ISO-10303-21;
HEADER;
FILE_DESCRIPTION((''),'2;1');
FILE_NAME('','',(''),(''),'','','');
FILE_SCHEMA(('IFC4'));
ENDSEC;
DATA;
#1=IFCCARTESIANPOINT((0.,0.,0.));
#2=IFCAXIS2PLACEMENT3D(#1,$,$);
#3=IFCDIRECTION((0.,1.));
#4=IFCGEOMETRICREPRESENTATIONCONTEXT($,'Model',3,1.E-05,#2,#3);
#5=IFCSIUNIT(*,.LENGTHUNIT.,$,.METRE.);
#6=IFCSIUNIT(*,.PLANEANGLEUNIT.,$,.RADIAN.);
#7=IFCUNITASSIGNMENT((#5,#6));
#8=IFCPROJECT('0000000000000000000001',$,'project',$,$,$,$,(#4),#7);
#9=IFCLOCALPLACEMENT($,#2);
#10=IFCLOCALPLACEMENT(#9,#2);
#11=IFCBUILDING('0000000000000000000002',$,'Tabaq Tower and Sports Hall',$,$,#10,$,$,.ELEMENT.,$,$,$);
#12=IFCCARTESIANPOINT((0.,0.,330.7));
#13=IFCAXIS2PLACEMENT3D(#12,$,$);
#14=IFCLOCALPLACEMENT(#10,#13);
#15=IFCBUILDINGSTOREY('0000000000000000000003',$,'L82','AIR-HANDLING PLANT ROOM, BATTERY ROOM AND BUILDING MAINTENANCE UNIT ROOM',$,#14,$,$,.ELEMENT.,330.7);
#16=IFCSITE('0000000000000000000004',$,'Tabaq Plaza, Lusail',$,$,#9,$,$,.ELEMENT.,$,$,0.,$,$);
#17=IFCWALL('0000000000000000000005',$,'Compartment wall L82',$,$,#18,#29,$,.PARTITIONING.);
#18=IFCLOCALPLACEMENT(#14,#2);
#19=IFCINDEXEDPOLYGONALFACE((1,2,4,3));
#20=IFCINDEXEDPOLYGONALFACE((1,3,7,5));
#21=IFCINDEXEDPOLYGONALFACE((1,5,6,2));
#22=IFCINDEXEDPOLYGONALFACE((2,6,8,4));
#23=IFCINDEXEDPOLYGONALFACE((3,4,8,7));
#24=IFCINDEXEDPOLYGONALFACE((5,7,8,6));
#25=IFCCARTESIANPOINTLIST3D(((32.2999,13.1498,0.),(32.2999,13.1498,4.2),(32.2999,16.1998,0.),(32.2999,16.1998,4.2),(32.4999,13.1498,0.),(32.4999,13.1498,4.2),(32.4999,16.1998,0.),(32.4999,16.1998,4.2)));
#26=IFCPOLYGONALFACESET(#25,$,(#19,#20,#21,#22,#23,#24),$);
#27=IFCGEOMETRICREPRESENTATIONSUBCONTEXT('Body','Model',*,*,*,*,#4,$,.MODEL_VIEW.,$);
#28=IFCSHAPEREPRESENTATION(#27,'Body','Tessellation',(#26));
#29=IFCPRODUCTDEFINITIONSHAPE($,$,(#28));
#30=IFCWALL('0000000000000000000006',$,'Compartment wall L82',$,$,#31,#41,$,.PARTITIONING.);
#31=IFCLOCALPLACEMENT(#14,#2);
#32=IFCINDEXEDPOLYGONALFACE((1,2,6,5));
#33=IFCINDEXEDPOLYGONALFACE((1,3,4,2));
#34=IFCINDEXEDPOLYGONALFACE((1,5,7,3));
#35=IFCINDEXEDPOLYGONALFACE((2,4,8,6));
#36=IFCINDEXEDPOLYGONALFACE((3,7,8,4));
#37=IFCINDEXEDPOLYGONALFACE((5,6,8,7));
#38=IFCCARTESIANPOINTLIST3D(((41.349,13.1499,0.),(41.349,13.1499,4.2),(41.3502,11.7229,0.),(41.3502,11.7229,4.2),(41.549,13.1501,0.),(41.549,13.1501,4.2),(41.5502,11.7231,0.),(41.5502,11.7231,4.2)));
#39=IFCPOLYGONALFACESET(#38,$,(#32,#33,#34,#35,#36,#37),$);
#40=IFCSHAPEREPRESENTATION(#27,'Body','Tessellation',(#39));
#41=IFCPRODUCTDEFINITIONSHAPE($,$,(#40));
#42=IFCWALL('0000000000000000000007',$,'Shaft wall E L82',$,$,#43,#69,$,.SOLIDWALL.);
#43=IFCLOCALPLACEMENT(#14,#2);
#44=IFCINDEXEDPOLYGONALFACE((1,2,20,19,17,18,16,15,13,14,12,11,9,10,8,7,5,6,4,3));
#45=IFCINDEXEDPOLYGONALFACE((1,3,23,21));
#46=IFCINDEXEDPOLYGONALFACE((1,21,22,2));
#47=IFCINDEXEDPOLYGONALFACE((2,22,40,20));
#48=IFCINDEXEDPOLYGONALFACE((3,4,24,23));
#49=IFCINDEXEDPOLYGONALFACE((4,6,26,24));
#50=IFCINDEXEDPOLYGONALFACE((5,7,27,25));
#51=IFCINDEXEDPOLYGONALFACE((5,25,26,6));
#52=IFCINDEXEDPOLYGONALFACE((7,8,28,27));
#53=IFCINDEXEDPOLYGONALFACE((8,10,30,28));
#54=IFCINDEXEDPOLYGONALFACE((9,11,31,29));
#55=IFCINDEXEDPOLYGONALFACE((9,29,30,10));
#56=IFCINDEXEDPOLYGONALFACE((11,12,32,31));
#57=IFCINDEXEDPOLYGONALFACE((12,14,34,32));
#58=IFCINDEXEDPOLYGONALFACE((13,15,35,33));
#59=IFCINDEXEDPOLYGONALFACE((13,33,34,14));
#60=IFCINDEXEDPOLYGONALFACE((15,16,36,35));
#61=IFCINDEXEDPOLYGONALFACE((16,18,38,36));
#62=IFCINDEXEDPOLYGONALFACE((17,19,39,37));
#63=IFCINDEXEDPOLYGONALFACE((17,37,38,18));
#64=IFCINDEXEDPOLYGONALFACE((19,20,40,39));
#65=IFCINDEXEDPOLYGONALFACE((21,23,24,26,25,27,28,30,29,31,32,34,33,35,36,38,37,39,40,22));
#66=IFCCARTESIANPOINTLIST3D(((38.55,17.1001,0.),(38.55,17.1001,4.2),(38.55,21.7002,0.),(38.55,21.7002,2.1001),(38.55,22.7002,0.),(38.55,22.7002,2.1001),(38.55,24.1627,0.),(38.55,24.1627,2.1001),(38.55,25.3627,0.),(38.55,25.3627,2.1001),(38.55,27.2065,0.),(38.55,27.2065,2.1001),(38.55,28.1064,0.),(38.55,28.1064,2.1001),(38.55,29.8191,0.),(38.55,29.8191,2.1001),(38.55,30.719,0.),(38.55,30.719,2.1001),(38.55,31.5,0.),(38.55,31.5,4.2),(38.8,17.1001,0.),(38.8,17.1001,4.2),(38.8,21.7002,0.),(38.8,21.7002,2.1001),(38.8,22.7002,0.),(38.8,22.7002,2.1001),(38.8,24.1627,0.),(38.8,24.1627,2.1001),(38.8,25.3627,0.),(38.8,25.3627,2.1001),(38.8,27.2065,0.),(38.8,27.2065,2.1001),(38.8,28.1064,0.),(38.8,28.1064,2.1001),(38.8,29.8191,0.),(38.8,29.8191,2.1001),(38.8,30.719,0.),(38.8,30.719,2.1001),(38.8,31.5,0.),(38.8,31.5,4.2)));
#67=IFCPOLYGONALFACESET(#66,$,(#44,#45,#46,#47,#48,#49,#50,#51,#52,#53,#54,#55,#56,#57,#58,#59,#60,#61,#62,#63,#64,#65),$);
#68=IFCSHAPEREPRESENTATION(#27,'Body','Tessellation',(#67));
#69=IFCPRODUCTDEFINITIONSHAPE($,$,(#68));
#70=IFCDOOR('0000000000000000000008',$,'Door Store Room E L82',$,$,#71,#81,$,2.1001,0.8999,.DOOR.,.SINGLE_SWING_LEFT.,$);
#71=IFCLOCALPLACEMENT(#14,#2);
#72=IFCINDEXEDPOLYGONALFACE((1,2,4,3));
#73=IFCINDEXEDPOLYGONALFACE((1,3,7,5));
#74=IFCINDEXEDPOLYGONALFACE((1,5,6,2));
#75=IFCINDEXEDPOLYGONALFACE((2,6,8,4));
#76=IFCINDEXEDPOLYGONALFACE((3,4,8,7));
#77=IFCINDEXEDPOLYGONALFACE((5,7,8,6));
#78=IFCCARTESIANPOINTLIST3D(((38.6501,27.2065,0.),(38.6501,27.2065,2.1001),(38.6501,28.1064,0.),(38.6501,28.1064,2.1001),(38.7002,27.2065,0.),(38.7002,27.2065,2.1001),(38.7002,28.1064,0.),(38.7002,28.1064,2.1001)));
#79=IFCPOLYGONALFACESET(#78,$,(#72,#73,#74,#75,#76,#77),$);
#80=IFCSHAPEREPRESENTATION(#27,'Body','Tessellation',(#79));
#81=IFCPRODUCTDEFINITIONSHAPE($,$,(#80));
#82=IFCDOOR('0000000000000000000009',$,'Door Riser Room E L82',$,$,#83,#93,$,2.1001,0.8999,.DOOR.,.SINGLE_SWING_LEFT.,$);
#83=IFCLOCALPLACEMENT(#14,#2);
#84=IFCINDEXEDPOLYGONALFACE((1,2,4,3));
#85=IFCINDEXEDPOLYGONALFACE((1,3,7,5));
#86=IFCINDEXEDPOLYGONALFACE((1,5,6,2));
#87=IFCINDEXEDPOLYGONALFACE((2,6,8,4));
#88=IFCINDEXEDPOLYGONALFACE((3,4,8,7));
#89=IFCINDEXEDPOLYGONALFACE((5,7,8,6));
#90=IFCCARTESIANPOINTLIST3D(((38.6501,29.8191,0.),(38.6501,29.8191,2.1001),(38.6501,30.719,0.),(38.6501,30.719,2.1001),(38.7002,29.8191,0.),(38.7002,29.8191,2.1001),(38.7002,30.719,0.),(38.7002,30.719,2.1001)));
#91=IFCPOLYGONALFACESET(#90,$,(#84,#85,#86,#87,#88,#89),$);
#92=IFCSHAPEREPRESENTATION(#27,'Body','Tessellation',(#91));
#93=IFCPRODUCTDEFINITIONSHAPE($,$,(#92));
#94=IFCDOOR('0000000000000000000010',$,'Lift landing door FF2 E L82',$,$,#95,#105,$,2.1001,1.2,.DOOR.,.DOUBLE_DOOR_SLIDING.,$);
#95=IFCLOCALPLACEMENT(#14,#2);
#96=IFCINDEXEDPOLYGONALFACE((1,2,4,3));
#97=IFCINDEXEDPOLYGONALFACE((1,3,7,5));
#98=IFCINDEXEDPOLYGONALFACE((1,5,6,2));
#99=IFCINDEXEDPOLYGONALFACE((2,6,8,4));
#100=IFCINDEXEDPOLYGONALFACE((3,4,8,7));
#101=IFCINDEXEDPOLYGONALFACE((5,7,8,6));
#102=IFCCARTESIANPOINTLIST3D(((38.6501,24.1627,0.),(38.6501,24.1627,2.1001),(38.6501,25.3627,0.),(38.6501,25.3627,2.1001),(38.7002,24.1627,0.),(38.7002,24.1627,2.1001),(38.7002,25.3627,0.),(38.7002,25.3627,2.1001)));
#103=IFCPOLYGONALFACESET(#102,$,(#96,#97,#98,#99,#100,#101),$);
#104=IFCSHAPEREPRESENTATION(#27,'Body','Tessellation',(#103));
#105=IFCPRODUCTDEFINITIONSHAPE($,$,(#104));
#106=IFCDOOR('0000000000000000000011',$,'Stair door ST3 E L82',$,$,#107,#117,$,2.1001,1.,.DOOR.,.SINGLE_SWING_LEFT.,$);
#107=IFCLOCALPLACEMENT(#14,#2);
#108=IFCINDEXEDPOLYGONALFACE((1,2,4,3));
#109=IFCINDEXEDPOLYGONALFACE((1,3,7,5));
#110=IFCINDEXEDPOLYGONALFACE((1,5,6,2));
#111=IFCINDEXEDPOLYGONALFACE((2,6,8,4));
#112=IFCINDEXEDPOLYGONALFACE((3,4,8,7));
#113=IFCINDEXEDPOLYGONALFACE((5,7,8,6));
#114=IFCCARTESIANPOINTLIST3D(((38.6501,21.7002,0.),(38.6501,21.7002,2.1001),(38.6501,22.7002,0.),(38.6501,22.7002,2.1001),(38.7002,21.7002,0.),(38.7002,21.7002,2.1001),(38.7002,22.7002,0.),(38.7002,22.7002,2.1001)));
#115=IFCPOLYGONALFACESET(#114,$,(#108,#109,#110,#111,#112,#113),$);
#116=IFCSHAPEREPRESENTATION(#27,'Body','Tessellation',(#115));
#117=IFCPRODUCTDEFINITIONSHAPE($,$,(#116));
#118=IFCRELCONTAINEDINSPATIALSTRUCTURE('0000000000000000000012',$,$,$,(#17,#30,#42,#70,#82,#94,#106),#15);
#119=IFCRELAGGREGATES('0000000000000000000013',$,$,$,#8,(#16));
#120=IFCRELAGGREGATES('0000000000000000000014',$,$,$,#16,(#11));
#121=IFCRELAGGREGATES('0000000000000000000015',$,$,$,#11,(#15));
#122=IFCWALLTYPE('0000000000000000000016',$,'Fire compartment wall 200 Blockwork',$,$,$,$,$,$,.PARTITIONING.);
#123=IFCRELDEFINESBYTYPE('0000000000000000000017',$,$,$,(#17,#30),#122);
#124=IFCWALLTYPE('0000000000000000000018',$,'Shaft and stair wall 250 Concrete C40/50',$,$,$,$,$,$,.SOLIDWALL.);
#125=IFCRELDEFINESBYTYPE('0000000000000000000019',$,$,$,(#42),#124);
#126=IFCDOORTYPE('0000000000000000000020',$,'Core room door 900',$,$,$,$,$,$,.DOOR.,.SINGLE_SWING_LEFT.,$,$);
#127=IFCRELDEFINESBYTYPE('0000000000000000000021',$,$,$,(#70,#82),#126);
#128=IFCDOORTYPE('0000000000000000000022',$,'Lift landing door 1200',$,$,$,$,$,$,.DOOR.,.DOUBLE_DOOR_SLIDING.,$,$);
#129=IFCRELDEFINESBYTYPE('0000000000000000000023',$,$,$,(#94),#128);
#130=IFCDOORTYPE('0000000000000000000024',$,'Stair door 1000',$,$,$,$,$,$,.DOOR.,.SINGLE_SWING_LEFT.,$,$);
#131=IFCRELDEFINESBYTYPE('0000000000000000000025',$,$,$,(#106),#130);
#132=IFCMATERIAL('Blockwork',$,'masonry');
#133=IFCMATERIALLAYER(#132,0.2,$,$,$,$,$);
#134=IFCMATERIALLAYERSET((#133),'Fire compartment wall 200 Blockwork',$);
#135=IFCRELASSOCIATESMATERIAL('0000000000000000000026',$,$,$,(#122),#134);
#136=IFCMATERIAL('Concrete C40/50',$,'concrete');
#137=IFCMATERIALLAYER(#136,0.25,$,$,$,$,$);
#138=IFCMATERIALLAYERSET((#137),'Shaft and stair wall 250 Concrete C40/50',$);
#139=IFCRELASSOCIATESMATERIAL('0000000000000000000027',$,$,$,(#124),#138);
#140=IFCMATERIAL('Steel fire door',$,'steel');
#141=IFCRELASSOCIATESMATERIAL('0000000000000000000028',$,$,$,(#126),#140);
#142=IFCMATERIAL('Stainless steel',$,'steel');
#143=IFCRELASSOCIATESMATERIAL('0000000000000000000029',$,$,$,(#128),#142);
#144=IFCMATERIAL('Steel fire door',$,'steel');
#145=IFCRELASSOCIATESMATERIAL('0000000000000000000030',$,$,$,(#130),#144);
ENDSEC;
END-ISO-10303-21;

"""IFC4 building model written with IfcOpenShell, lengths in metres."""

from ifc_helpers import new_model, si_unit, direction, frame, frame_2d, origin, place, context, subcontext, project, spatial, rectangle, extrude, material, layer, layer_set, type_object, element, fill, save


model = new_model("IFC4")

# Units and contexts
model_context = context("Model", 3, precision=1e-05, world=origin(), true_north=direction((0.0, 1.0)))
body_context = subcontext(model_context, "Body", "Model", "MODEL_VIEW")
ifc_project = project(units=[si_unit("LENGTHUNIT", "METRE"), si_unit("PLANEANGLEUNIT", "RADIAN")], contexts=[model_context])

# Site, building, storey
site_placement = place(None, origin())
site = spatial("IfcSite", under=ifc_project, at=site_placement, Name="Tabaq Plaza, Lusail", CompositionType="ELEMENT", RefElevation=0.0)
building_placement = place(site_placement, origin())
building = spatial("IfcBuilding", under=site, at=building_placement, Name="Tabaq Tower and Sports Hall", CompositionType="ELEMENT")
storey_placement = place(building_placement, frame((0.0, 0.0, 330.7)))
storey = spatial("IfcBuildingStorey", under=building, at=storey_placement, Name="L82", Description="AIR-HANDLING PLANT ROOM, BATTERY ROOM AND BUILDING MAINTENANCE UNIT ROOM", CompositionType="ELEMENT", Elevation=330.7)

# Walls
ifc_material_1 = material(Name="Blockwork", Category="masonry")
ifc_layer_1 = layer(ifc_material_1, 0.2)
ifc_layer_set_1 = layer_set([ifc_layer_1], Name="Fire compartment wall 200 Blockwork")
wall_type_1 = type_object("IfcWallType", Name="Fire compartment wall 200 Blockwork", PredefinedType="PARTITIONING", material=ifc_layer_set_1)
wall_1_placement = place(storey_placement, frame((32.3999, 13.1499, 0.0), z_axis=(0.0, 0.0, 1.0), x_axis=(0.0, 1.0, 0.0)))
element("IfcWall", 1, at=wall_1_placement, inside=storey, type_object=wall_type_1, Name="Compartment wall L82", PredefinedType="PARTITIONING", context=body_context, shape_type="SweptSolid", body=[
    extrude(rectangle(XDim=3.05, YDim=0.2, at=frame_2d((1.5249, 0.0))), origin(), (0.0, 0.0, 1.0), 4.2),
])
wall_2_placement = place(storey_placement, frame((41.449, 13.1499, 0.0), z_axis=(0.0, 0.0, 1.0), x_axis=(0.000855, -1.0, 0.0)))
element("IfcWall", 2, at=wall_2_placement, inside=storey, type_object=wall_type_1, Name="Compartment wall L82", PredefinedType="PARTITIONING", context=body_context, shape_type="SweptSolid", body=[
    extrude(rectangle(XDim=1.427, YDim=0.2, at=frame_2d((0.7134, 0.0))), origin(), (0.0, 0.0, 1.0), 4.2),
])

# Wall, openings, doors
ifc_material_2 = material(Name="Concrete C40/50", Category="concrete")
ifc_layer_2 = layer(ifc_material_2, 0.25)
ifc_layer_set_2 = layer_set([ifc_layer_2], Name="Shaft and stair wall 250 Concrete C40/50")
wall_type_2 = type_object("IfcWallType", Name="Shaft and stair wall 250 Concrete C40/50", PredefinedType="SOLIDWALL", material=ifc_layer_set_2)
wall_3_placement = place(storey_placement, frame((38.675, 17.1001, 0.0), z_axis=(0.0, 0.0, 1.0), x_axis=(0.0, 1.0, 0.0)))
wall_3 = element("IfcWall", 3, at=wall_3_placement, inside=storey, type_object=wall_type_2, Name="Shaft wall E L82", PredefinedType="SOLIDWALL", context=body_context, shape_type="SweptSolid", body=[
    extrude(rectangle(XDim=14.3999, YDim=0.25, at=frame_2d((7.2, 0.0))), origin(), (0.0, 0.0, 1.0), 4.2),
])
opening_1_placement = place(wall_3_placement, frame((4.6001, 0.0, 0.0)))
opening_1 = element("IfcOpeningElement", 4, at=opening_1_placement, cuts=wall_3, PredefinedType="OPENING", context=body_context, shape_type="SweptSolid", body=[
    extrude(rectangle(XDim=1.0, YDim=2.1001, at=frame_2d((0.5, 1.05))), frame((0.0, 0.125, 0.0), z_axis=(0.0, -1.0, 0.0), x_axis=(1.0, 0.0, 0.0)), (0.0, 0.0, 1.0), 0.25),
])
opening_2_placement = place(wall_3_placement, frame((7.0625, 0.0, 0.0)))
opening_2 = element("IfcOpeningElement", 5, at=opening_2_placement, cuts=wall_3, PredefinedType="OPENING", context=body_context, shape_type="SweptSolid", body=[
    extrude(rectangle(XDim=1.2, YDim=2.1001, at=frame_2d((0.6001, 1.05))), frame((0.0, 0.125, 0.0), z_axis=(0.0, -1.0, 0.0), x_axis=(1.0, 0.0, 0.0)), (0.0, 0.0, 1.0), 0.25),
])
opening_3_placement = place(wall_3_placement, frame((10.1064, 0.0, 0.0)))
opening_3 = element("IfcOpeningElement", 6, at=opening_3_placement, cuts=wall_3, PredefinedType="OPENING", context=body_context, shape_type="SweptSolid", body=[
    extrude(rectangle(XDim=0.8999, YDim=2.1001, at=frame_2d((0.45, 1.05))), frame((0.0, 0.125, 0.0), z_axis=(0.0, -1.0, 0.0), x_axis=(1.0, 0.0, 0.0)), (0.0, 0.0, 1.0), 0.25),
])
opening_4_placement = place(wall_3_placement, frame((12.719, 0.0, 0.0)))
opening_4 = element("IfcOpeningElement", 7, at=opening_4_placement, cuts=wall_3, PredefinedType="OPENING", context=body_context, shape_type="SweptSolid", body=[
    extrude(rectangle(XDim=0.8999, YDim=2.1001, at=frame_2d((0.45, 1.05))), frame((0.0, 0.125, 0.0), z_axis=(0.0, -1.0, 0.0), x_axis=(1.0, 0.0, 0.0)), (0.0, 0.0, 1.0), 0.25),
])
ifc_material_3 = material(Name="Steel fire door", Category="steel")
door_type_1 = type_object("IfcDoorType", Name="Core room door 900", OperationType="SINGLE_SWING_LEFT", PredefinedType="DOOR", material=ifc_material_3)
door_1_placement = place(opening_3_placement, origin())
door_1 = element("IfcDoor", 8, at=door_1_placement, inside=storey, type_object=door_type_1, Name="Door Store Room E L82", OperationType="SINGLE_SWING_LEFT", OverallHeight=2.1001, OverallWidth=0.8999, PredefinedType="DOOR", context=body_context, shape_type="SweptSolid", body=[
    extrude(rectangle(XDim=0.8999, YDim=2.1001, at=frame_2d((0.45, 1.05))), frame((0.0, 0.0249, 0.0), z_axis=(0.0, -1.0, 0.0), x_axis=(1.0, 0.0, 0.0)), (0.0, 0.0, 1.0), 0.05),
])
fill(opening_3, door_1)
door_2_placement = place(opening_4_placement, origin())
door_2 = element("IfcDoor", 9, at=door_2_placement, inside=storey, type_object=door_type_1, Name="Door Riser Room E L82", OperationType="SINGLE_SWING_LEFT", OverallHeight=2.1001, OverallWidth=0.8999, PredefinedType="DOOR", context=body_context, shape_type="SweptSolid", body=[
    extrude(rectangle(XDim=0.8999, YDim=2.1001, at=frame_2d((0.45, 1.05))), frame((0.0, 0.0249, 0.0), z_axis=(0.0, -1.0, 0.0), x_axis=(1.0, 0.0, 0.0)), (0.0, 0.0, 1.0), 0.05),
])
fill(opening_4, door_2)
ifc_material_4 = material(Name="Stainless steel", Category="steel")
door_type_2 = type_object("IfcDoorType", Name="Lift landing door 1200", OperationType="DOUBLE_DOOR_SLIDING", PredefinedType="DOOR", material=ifc_material_4)
door_3_placement = place(opening_2_placement, origin())
door_3 = element("IfcDoor", 10, at=door_3_placement, inside=storey, type_object=door_type_2, Name="Lift landing door FF2 E L82", OperationType="DOUBLE_DOOR_SLIDING", OverallHeight=2.1001, OverallWidth=1.2, PredefinedType="DOOR", context=body_context, shape_type="SweptSolid", body=[
    extrude(rectangle(XDim=1.2, YDim=2.1001, at=frame_2d((0.6001, 1.05))), frame((0.0, 0.0249, 0.0), z_axis=(0.0, -1.0, 0.0), x_axis=(1.0, 0.0, 0.0)), (0.0, 0.0, 1.0), 0.05),
])
fill(opening_2, door_3)
ifc_material_5 = material(Name="Steel fire door", Category="steel")
door_type_3 = type_object("IfcDoorType", Name="Stair door 1000", OperationType="SINGLE_SWING_LEFT", PredefinedType="DOOR", material=ifc_material_5)
door_4_placement = place(opening_1_placement, origin())
door_4 = element("IfcDoor", 11, at=door_4_placement, inside=storey, type_object=door_type_3, Name="Stair door ST3 E L82", OperationType="SINGLE_SWING_LEFT", OverallHeight=2.1001, OverallWidth=1.0, PredefinedType="DOOR", context=body_context, shape_type="SweptSolid", body=[
    extrude(rectangle(XDim=1.0, YDim=2.1001, at=frame_2d((0.5, 1.05))), frame((0.0, 0.0249, 0.0), z_axis=(0.0, -1.0, 0.0), x_axis=(1.0, 0.0, 0.0)), (0.0, 0.0, 1.0), 0.05),
])
fill(opening_1, door_4)

save(model, "model.ifc")
